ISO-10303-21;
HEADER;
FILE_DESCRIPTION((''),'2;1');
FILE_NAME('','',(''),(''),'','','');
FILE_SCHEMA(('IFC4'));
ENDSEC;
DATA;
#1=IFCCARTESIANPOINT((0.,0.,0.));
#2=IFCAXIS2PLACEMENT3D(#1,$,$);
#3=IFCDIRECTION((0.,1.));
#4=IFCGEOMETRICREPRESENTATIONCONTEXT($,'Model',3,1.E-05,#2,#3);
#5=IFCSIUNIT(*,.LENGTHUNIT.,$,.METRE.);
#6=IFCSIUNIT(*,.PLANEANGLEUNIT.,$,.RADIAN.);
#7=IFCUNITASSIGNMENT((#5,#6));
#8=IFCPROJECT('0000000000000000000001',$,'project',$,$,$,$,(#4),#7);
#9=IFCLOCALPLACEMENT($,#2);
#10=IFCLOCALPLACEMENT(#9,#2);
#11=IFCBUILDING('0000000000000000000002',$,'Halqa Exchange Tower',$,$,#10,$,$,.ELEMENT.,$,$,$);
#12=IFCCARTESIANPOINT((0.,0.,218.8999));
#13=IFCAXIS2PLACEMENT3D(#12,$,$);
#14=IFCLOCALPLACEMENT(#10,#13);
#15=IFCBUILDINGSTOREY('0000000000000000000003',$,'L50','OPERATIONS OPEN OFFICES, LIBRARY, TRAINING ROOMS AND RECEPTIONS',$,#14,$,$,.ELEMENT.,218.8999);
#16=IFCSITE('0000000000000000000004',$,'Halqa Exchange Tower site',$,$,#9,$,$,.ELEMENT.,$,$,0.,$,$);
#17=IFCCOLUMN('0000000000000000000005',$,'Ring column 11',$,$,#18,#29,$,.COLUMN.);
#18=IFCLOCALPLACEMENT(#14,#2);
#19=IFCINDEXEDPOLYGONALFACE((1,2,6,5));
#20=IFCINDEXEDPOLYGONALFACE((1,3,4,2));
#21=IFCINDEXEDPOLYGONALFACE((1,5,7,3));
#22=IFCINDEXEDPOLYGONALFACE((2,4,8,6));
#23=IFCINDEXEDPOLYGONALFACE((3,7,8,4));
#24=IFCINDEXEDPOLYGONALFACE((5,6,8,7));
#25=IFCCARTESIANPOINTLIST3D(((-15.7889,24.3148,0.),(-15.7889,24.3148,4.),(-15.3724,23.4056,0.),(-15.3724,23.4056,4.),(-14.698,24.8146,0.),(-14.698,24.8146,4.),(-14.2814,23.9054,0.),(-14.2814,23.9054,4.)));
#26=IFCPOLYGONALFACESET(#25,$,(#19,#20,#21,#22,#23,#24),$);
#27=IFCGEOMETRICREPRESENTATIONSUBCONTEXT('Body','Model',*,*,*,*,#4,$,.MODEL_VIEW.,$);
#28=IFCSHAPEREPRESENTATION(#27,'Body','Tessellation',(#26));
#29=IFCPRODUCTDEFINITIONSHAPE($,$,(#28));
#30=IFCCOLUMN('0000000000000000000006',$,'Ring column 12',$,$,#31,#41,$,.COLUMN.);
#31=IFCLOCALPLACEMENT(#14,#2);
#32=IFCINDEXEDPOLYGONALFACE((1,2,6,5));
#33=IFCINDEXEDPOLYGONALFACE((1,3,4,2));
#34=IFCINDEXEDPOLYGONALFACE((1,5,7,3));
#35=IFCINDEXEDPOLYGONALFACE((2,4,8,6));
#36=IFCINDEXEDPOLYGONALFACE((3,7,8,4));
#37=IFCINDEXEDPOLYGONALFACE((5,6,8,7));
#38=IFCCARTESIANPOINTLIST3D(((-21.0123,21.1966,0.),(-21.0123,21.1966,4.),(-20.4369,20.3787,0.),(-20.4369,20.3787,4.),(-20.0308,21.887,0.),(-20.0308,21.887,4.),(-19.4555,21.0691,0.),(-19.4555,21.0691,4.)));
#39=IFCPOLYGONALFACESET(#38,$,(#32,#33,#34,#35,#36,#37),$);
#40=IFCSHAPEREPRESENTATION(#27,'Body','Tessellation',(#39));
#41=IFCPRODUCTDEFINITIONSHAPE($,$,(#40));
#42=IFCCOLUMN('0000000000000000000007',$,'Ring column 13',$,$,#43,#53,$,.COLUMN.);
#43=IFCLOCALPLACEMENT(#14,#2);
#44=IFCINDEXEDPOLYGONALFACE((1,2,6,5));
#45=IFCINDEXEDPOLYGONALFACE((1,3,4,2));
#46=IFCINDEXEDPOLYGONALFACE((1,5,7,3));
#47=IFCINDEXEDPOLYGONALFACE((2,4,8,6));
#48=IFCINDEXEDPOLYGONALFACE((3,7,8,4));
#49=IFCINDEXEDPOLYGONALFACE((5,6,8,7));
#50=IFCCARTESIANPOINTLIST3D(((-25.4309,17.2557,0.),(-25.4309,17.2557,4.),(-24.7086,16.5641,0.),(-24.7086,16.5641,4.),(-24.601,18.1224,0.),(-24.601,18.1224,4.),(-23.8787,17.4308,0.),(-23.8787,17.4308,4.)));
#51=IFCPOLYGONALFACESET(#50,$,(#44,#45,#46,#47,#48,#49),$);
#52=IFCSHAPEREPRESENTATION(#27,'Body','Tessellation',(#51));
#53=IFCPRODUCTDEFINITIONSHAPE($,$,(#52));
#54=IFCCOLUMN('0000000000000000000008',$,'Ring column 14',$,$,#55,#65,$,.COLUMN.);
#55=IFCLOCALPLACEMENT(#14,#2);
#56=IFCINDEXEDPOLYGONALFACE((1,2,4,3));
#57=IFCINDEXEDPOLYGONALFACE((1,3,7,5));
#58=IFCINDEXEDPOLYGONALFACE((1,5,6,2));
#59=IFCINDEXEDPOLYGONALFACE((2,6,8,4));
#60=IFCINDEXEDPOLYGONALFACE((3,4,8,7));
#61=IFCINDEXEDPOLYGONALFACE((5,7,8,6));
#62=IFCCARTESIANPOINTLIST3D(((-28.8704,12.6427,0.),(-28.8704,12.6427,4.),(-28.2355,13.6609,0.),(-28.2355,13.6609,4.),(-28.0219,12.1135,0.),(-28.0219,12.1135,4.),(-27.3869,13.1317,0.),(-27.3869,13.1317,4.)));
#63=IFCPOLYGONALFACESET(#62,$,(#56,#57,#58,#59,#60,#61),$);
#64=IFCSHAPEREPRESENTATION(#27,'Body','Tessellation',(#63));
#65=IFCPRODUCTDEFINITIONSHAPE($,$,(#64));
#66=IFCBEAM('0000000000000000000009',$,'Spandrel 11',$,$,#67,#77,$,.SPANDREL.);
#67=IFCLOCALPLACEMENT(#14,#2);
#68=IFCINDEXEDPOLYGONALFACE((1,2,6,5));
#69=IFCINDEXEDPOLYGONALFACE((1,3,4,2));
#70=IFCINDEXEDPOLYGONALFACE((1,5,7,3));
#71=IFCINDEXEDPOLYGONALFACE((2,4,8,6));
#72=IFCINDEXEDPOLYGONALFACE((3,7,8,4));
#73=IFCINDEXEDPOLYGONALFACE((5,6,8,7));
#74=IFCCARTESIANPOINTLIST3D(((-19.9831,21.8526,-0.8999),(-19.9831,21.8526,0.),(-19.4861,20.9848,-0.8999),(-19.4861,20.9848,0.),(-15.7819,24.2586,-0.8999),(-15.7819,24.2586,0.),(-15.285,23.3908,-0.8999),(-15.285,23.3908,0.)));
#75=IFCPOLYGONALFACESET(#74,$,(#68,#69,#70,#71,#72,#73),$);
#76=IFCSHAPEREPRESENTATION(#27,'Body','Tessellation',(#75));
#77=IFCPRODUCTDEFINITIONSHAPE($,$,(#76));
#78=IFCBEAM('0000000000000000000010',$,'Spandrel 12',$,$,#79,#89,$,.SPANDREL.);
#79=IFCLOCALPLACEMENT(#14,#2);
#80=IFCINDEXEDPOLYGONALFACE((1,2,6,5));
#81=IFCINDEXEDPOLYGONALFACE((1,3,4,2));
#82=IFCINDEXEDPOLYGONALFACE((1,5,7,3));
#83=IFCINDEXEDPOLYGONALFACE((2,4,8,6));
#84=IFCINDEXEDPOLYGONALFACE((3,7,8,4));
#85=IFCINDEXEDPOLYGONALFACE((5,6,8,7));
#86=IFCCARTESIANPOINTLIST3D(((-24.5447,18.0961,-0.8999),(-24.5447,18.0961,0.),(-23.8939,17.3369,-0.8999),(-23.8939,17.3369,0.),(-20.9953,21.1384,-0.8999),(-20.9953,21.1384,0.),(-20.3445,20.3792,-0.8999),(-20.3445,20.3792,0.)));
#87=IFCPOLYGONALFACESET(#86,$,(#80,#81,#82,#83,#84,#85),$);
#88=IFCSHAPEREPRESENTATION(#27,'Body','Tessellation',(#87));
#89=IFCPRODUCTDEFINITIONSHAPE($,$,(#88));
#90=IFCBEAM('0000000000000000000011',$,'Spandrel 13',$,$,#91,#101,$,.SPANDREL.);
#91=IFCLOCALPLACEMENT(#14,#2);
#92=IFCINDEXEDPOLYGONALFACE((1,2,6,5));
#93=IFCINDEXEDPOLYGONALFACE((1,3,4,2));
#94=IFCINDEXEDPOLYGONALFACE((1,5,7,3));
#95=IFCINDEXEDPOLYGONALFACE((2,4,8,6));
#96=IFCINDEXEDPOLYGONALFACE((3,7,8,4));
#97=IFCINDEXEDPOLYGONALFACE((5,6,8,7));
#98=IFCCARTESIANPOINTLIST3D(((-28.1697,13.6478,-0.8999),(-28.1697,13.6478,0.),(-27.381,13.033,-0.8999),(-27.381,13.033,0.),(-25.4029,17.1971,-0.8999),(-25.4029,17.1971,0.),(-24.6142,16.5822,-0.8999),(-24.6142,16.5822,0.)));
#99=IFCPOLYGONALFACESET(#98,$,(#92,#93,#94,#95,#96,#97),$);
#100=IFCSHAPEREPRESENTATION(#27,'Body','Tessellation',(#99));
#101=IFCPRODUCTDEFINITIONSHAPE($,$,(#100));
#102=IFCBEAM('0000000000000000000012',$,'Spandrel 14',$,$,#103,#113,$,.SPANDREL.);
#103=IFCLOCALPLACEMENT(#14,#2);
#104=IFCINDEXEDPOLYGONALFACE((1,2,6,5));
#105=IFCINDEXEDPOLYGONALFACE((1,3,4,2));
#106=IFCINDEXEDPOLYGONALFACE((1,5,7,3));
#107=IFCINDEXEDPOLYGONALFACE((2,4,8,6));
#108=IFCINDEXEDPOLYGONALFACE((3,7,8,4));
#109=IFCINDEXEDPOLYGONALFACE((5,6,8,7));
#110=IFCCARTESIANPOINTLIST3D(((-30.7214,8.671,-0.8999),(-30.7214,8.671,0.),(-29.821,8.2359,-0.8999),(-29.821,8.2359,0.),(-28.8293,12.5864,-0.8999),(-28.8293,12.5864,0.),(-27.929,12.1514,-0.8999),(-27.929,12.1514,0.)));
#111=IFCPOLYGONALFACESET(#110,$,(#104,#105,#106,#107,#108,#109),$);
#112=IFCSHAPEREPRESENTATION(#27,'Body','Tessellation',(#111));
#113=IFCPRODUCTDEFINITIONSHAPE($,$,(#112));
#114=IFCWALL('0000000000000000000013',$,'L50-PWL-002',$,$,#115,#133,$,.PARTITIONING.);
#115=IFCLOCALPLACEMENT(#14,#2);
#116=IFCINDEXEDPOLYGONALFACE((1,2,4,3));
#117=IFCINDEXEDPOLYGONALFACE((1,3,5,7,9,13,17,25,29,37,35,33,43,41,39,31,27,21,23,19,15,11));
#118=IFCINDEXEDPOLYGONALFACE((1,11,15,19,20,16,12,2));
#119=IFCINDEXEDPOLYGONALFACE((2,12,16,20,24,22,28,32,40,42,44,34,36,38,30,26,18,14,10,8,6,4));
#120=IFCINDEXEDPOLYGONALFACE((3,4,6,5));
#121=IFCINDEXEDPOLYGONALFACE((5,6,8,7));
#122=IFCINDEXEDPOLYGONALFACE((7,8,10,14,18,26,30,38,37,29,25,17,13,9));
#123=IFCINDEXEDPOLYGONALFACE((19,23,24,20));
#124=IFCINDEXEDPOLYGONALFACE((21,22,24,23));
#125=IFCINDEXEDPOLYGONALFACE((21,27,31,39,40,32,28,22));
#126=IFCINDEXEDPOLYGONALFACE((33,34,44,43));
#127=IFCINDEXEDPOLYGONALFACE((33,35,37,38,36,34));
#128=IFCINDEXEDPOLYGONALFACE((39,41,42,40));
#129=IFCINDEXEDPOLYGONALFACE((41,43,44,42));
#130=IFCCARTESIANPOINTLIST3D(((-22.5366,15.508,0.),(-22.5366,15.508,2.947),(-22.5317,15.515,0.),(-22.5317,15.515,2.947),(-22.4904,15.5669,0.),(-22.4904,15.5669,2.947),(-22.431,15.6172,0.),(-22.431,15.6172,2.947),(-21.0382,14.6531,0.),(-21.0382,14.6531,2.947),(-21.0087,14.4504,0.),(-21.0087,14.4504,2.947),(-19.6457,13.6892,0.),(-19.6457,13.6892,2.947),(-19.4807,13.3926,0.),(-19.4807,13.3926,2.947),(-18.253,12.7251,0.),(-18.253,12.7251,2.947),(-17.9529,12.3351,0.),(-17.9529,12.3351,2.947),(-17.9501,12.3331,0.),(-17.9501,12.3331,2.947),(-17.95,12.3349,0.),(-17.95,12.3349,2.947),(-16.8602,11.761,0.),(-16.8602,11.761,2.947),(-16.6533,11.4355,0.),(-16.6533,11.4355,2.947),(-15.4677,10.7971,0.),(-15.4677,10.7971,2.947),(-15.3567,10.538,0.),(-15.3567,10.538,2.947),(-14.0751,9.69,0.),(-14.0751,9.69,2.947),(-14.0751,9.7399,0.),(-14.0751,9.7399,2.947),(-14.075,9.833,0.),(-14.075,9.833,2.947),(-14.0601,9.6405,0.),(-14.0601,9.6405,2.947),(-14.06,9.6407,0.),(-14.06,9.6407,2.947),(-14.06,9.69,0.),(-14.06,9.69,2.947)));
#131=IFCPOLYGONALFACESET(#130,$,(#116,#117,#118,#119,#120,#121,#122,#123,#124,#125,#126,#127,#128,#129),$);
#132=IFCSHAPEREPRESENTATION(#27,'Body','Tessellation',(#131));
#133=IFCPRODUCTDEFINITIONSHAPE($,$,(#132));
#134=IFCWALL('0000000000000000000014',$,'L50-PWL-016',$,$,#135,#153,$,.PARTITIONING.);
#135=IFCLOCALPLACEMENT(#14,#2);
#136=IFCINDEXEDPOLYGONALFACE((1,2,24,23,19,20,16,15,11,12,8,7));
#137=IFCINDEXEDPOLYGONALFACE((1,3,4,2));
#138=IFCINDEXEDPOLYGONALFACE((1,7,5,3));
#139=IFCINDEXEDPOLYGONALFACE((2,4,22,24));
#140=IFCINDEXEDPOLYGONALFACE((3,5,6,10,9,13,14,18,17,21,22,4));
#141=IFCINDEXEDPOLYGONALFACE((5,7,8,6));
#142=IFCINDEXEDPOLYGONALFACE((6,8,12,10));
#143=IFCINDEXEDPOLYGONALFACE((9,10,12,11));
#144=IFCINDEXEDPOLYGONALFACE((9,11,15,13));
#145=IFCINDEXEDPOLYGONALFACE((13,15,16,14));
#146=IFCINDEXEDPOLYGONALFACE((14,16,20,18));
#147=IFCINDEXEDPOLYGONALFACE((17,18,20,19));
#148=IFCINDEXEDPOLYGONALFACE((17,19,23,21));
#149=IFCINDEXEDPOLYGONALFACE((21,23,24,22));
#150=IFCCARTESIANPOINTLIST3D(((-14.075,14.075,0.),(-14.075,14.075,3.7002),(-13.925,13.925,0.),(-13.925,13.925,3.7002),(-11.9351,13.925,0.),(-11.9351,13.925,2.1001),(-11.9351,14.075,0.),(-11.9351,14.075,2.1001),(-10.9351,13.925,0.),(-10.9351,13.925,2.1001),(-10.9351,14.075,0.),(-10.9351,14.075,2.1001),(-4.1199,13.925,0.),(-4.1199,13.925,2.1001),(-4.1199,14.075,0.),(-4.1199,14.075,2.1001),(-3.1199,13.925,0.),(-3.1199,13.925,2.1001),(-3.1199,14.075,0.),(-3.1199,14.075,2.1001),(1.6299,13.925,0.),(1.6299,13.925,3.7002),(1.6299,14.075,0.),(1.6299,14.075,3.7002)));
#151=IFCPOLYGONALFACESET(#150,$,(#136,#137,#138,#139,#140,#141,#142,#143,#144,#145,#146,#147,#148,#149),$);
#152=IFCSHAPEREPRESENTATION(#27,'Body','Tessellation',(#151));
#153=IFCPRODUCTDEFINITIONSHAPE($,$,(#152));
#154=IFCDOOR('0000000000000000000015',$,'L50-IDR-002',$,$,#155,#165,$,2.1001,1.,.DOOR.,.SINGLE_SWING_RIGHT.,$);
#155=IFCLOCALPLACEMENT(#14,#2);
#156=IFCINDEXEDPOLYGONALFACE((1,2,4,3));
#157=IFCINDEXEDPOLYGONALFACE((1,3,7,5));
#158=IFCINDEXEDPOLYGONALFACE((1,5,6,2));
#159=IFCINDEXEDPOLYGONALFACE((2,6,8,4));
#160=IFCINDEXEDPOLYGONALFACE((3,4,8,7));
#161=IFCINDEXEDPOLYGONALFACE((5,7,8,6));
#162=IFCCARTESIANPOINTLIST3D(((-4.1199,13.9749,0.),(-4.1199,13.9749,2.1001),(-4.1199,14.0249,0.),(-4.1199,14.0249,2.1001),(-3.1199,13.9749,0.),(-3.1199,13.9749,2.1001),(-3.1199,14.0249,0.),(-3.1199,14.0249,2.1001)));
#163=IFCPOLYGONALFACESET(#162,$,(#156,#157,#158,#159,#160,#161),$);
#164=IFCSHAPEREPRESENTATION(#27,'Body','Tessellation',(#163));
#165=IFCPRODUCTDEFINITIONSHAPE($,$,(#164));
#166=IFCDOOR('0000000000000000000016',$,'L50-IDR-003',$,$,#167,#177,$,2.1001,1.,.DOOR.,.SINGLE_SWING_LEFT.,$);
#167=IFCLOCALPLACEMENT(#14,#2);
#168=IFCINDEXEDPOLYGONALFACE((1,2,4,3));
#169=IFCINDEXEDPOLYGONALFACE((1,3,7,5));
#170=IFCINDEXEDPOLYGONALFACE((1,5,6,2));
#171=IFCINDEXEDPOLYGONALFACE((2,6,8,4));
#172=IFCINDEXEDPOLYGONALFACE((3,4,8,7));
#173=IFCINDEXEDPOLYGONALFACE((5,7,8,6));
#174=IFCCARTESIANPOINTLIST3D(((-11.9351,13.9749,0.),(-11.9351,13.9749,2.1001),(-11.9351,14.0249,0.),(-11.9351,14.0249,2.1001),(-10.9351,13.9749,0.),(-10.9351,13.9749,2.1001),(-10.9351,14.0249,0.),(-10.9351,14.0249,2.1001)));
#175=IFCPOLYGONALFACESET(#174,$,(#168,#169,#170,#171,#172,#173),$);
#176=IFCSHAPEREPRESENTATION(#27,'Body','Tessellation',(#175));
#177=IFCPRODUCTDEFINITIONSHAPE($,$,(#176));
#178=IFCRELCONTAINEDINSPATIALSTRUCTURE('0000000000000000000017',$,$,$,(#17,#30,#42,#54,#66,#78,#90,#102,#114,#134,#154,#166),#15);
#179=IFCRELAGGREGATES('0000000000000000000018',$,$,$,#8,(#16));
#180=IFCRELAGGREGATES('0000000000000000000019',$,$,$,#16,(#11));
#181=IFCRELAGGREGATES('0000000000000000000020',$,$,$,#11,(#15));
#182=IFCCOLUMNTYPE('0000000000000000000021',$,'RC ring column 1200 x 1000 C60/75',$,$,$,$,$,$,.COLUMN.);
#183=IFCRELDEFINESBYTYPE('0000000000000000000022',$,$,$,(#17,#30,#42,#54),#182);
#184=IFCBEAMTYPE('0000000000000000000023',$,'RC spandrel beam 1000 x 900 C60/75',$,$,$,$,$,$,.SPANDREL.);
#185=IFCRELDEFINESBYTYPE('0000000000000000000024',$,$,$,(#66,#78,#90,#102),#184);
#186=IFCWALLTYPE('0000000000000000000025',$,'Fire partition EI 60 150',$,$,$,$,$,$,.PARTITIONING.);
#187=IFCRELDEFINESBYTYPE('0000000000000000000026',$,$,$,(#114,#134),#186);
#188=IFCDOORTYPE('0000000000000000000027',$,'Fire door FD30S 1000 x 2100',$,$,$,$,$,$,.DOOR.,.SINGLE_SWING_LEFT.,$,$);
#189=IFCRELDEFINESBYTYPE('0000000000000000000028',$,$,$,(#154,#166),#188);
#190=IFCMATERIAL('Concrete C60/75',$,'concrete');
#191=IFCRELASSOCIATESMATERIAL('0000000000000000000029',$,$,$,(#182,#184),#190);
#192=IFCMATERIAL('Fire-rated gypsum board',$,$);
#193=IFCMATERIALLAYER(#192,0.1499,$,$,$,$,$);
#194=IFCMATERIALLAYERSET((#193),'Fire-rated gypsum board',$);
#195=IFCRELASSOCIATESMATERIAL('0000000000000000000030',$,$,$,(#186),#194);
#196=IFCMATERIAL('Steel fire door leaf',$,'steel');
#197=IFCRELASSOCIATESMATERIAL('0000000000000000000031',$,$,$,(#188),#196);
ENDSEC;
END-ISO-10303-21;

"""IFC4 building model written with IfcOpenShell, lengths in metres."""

from ifc_helpers import new_model, si_unit, direction, frame, frame_2d, origin, origin_2d, place, context, subcontext, project, spatial, polyline, rectangle, outline, extrude, material, layer, layer_set, material_profile, profile_set, type_object, element, fill, save


model = new_model("IFC4")

# Units and contexts
model_context = context("Model", 3, precision=1e-05, world=origin(), true_north=direction((0.0, 1.0)))
body_context = subcontext(model_context, "Body", "Model", "MODEL_VIEW")
ifc_project = project(units=[si_unit("LENGTHUNIT", "METRE"), si_unit("PLANEANGLEUNIT", "RADIAN")], contexts=[model_context])

# Site, building, storey
site_placement = place(None, origin())
site = spatial("IfcSite", under=ifc_project, at=site_placement, Name="Halqa Exchange Tower site", CompositionType="ELEMENT", RefElevation=0.0)
building_placement = place(site_placement, origin())
building = spatial("IfcBuilding", under=site, at=building_placement, Name="Halqa Exchange Tower", CompositionType="ELEMENT")
storey_placement = place(building_placement, frame((0.0, 0.0, 218.8999)))
storey = spatial("IfcBuildingStorey", under=building, at=storey_placement, Name="L50", Description="OPERATIONS OPEN OFFICES, LIBRARY, TRAINING ROOMS AND RECEPTIONS", CompositionType="ELEMENT", Elevation=218.8999)

# Columns
ifc_material_1 = material(Name="Concrete C60/75", Category="concrete")
ifc_material_profile_1 = material_profile(ifc_material_1, rectangle(XDim=1.2, YDim=1.0, at=origin_2d()), Name="1200 x 1000")
ifc_profile_set_1 = profile_set([ifc_material_profile_1], Name="Concrete C60/75")
column_type = type_object("IfcColumnType", Name="RC ring column 1200 x 1000 C60/75", PredefinedType="COLUMN", material=ifc_profile_set_1)
for number, where, z_axis, x_axis, name in (
    (1, (-15.0352, 24.1101, 0.0), (0.0, 0.0, 1.0), (-0.909129, -0.416514, 0.0), "Ring column 11"),
    (2, (-20.2339, 21.1328, 0.0), (0.0, 0.0, 1.0), (-0.817906, -0.575352, 0.0), "Ring column 12"),
    (3, (-24.6548, 17.3433, 0.0), (0.0, 0.0, 1.0), (-0.691575, -0.722305, 0.0), "Ring column 13"),
    (4, (-28.1287, 12.8872, 0.0), (0.0, 0.0, 1.0), (-0.529145, -0.848531, 0.0), "Ring column 14"),
):
    element("IfcColumn", number, at=place(storey_placement, frame(where, z_axis=z_axis, x_axis=x_axis)), inside=storey, type_object=column_type, Name=name, PredefinedType="COLUMN", context=body_context, shape_type="SweptSolid", body=[
        extrude(rectangle(XDim=1.2, YDim=1.0, at=origin_2d()), origin(), (0.0, 0.0, 1.0), 4.0),
    ])

# Beams
ifc_material_profile_2 = material_profile(ifc_material_1, rectangle(XDim=1.0, YDim=0.8999, at=origin_2d()), Name="1000 x 900")
ifc_profile_set_2 = profile_set([ifc_material_profile_2], Name="Concrete C60/75")
beam_type = type_object("IfcBeamType", Name="RC spandrel beam 1000 x 900 C60/75", PredefinedType="SPANDREL", material=ifc_profile_set_2)
beam_1_placement = place(storey_placement, frame((-15.5334, 23.8247, -0.45), z_axis=(-0.867768, -0.49697, 0.0), x_axis=(0.49697, -0.867768, 0.0)))
element("IfcBeam", 5, at=beam_1_placement, inside=storey, type_object=beam_type, Name="Spandrel 11", PredefinedType="SPANDREL", context=body_context, shape_type="SweptSolid", body=[
    extrude(rectangle(XDim=1.0, YDim=0.8999, at=origin_2d()), origin(), (0.0, 0.0, 1.0), 4.8413),
])
beam_2_placement = place(storey_placement, frame((-20.6699, 20.7588, -0.45), z_axis=(-0.75926, -0.650787, 0.0), x_axis=(0.650787, -0.75926, 0.0)))
element("IfcBeam", 6, at=beam_2_placement, inside=storey, type_object=beam_type, Name="Spandrel 12", PredefinedType="SPANDREL", context=body_context, shape_type="SweptSolid", body=[
    extrude(rectangle(XDim=1.0, YDim=0.8999, at=origin_2d()), origin(), (0.0, 0.0, 1.0), 4.6748),
])
beam_3_placement = place(storey_placement, frame((-25.0085, 16.8896, -0.45), z_axis=(-0.614808, -0.788677, 0.0), x_axis=(0.788677, -0.614808, 0.0)))
element("IfcBeam", 7, at=beam_3_placement, inside=storey, type_object=beam_type, Name="Spandrel 13", PredefinedType="SPANDREL", context=body_context, shape_type="SweptSolid", body=[
    extrude(rectangle(XDim=1.0, YDim=0.8999, at=origin_2d()), origin(), (0.0, 0.0, 1.0), 4.5002),
])
beam_4_placement = place(storey_placement, frame((-28.3792, 12.3689, -0.45), z_axis=(-0.435091, -0.900386, 0.0), x_axis=(0.900386, -0.435091, 0.0)))
element("IfcBeam", 8, at=beam_4_placement, inside=storey, type_object=beam_type, Name="Spandrel 14", PredefinedType="SPANDREL", context=body_context, shape_type="SweptSolid", body=[
    extrude(rectangle(XDim=1.0, YDim=0.8999, at=origin_2d()), origin(), (0.0, 0.0, 1.0), 4.3486),
])

# Wall
ifc_material_2 = material(Name="Fire-rated gypsum board")
ifc_layer_1 = layer(ifc_material_2, 0.1499)
ifc_layer_set_1 = layer_set([ifc_layer_1], Name="Fire-rated gypsum board")
wall_type_1 = type_object("IfcWallType", Name="Fire partition EI 60 150", PredefinedType="PARTITIONING", material=ifc_layer_set_1)
wall_1_placement = place(storey_placement, frame((-22.4939, 15.5696, 0.0), z_axis=(0.0, 0.0, 1.0), x_axis=(0.822228, -0.569158, 0.0)))
element("IfcWall", 9, at=wall_1_placement, inside=storey, type_object=wall_type_1, Name="L50-PWL-002", PredefinedType="PARTITIONING", context=body_context, shape_type="SweptSolid", body=[
    extrude(outline(polyline([(0.0, -0.075), (1.8582, -0.075), (3.7166, -0.075), (5.5747, -0.075), (5.5771, -0.0735), (5.5781, -0.075), (7.1553, -0.075), (8.7322, -0.075), (10.3091, -0.075), (10.3091, -0.0747), (10.281, -0.0342), (10.2686, -0.0427), (10.2402, -0.0017), (10.2402, -0.0017), (10.1873, 0.075), (8.4934, 0.075), (6.7998, 0.075), (5.106, 0.075), (3.4121, 0.075), (1.7185, 0.075), (0.0247, 0.075), (0.0044, -0.0002), (0.0, -0.0664), (0.0, -0.075)])), origin(), (0.0, 0.0, 1.0), 2.947),
])

# Wall, openings, doors
wall_2_placement = place(storey_placement, frame((-14.075, 14.0, 0.0), z_axis=(0.0, 0.0, 1.0), x_axis=(1.0, 0.0, 0.0)))
wall_2 = element("IfcWall", 10, at=wall_2_placement, inside=storey, type_object=wall_type_1, Name="L50-PWL-016", PredefinedType="PARTITIONING", context=body_context, shape_type="SweptSolid", body=[
    extrude(outline(polyline([(15.7048, 0.075), (13.7417, 0.075), (11.7786, 0.075), (9.8154, 0.075), (7.8525, 0.075), (5.8894, 0.075), (3.9263, 0.075), (1.9631, 0.075), (0.0, 0.075), (0.1499, -0.075), (2.0942, -0.075), (4.0386, -0.075), (5.9829, -0.075), (7.9272, -0.075), (9.8718, -0.075), (11.8162, -0.075), (13.7605, -0.075), (15.7048, -0.075), (15.7048, 0.075)])), origin(), (0.0, 0.0, 1.0), 3.7002),
])
opening_1_placement = place(wall_2_placement, frame((9.9551, 0.0, 0.0)))
opening_1 = element("IfcOpeningElement", 11, at=opening_1_placement, cuts=wall_2, PredefinedType="OPENING", context=body_context, shape_type="SweptSolid", body=[
    extrude(rectangle(XDim=1.0, YDim=2.1001, at=frame_2d((0.5, 1.05))), frame((0.0, 0.0869, 0.0), z_axis=(0.0, -1.0, 0.0), x_axis=(1.0, 0.0, 0.0)), (0.0, 0.0, 1.0), 0.1738),
])
opening_2_placement = place(wall_2_placement, frame((2.1399, 0.0, 0.0)))
opening_2 = element("IfcOpeningElement", 12, at=opening_2_placement, cuts=wall_2, PredefinedType="OPENING", context=body_context, shape_type="SweptSolid", body=[
    extrude(rectangle(XDim=1.0, YDim=2.1001, at=frame_2d((0.5, 1.05))), frame((0.0, 0.0869, 0.0), z_axis=(0.0, -1.0, 0.0), x_axis=(1.0, 0.0, 0.0)), (0.0, 0.0, 1.0), 0.1738),
])
ifc_material_3 = material(Name="Steel fire door leaf", Category="steel")
door_type_1 = type_object("IfcDoorType", Name="Fire door FD30S 1000 x 2100", OperationType="SINGLE_SWING_LEFT", PredefinedType="DOOR", material=ifc_material_3)
door_1_placement = place(opening_1_placement, origin())
door_1 = element("IfcDoor", 13, at=door_1_placement, inside=storey, type_object=door_type_1, Name="L50-IDR-002", OperationType="SINGLE_SWING_RIGHT", OverallHeight=2.1001, OverallWidth=1.0, PredefinedType="DOOR", context=body_context, shape_type="SweptSolid", body=[
    extrude(rectangle(XDim=1.0, YDim=2.1001, at=frame_2d((0.5, 1.05))), frame((0.0, 0.0249, 0.0), z_axis=(0.0, -1.0, 0.0), x_axis=(1.0, 0.0, 0.0)), (0.0, 0.0, 1.0), 0.05),
])
fill(opening_1, door_1)
door_2_placement = place(opening_2_placement, origin())
door_2 = element("IfcDoor", 14, at=door_2_placement, inside=storey, type_object=door_type_1, Name="L50-IDR-003", OperationType="SINGLE_SWING_LEFT", OverallHeight=2.1001, OverallWidth=1.0, PredefinedType="DOOR", context=body_context, shape_type="SweptSolid", body=[
    extrude(rectangle(XDim=1.0, YDim=2.1001, at=frame_2d((0.5, 1.05))), frame((0.0, 0.0249, 0.0), z_axis=(0.0, -1.0, 0.0), x_axis=(1.0, 0.0, 0.0)), (0.0, 0.0, 1.0), 0.05),
])
fill(opening_2, door_2)

save(model, "model.ifc")
